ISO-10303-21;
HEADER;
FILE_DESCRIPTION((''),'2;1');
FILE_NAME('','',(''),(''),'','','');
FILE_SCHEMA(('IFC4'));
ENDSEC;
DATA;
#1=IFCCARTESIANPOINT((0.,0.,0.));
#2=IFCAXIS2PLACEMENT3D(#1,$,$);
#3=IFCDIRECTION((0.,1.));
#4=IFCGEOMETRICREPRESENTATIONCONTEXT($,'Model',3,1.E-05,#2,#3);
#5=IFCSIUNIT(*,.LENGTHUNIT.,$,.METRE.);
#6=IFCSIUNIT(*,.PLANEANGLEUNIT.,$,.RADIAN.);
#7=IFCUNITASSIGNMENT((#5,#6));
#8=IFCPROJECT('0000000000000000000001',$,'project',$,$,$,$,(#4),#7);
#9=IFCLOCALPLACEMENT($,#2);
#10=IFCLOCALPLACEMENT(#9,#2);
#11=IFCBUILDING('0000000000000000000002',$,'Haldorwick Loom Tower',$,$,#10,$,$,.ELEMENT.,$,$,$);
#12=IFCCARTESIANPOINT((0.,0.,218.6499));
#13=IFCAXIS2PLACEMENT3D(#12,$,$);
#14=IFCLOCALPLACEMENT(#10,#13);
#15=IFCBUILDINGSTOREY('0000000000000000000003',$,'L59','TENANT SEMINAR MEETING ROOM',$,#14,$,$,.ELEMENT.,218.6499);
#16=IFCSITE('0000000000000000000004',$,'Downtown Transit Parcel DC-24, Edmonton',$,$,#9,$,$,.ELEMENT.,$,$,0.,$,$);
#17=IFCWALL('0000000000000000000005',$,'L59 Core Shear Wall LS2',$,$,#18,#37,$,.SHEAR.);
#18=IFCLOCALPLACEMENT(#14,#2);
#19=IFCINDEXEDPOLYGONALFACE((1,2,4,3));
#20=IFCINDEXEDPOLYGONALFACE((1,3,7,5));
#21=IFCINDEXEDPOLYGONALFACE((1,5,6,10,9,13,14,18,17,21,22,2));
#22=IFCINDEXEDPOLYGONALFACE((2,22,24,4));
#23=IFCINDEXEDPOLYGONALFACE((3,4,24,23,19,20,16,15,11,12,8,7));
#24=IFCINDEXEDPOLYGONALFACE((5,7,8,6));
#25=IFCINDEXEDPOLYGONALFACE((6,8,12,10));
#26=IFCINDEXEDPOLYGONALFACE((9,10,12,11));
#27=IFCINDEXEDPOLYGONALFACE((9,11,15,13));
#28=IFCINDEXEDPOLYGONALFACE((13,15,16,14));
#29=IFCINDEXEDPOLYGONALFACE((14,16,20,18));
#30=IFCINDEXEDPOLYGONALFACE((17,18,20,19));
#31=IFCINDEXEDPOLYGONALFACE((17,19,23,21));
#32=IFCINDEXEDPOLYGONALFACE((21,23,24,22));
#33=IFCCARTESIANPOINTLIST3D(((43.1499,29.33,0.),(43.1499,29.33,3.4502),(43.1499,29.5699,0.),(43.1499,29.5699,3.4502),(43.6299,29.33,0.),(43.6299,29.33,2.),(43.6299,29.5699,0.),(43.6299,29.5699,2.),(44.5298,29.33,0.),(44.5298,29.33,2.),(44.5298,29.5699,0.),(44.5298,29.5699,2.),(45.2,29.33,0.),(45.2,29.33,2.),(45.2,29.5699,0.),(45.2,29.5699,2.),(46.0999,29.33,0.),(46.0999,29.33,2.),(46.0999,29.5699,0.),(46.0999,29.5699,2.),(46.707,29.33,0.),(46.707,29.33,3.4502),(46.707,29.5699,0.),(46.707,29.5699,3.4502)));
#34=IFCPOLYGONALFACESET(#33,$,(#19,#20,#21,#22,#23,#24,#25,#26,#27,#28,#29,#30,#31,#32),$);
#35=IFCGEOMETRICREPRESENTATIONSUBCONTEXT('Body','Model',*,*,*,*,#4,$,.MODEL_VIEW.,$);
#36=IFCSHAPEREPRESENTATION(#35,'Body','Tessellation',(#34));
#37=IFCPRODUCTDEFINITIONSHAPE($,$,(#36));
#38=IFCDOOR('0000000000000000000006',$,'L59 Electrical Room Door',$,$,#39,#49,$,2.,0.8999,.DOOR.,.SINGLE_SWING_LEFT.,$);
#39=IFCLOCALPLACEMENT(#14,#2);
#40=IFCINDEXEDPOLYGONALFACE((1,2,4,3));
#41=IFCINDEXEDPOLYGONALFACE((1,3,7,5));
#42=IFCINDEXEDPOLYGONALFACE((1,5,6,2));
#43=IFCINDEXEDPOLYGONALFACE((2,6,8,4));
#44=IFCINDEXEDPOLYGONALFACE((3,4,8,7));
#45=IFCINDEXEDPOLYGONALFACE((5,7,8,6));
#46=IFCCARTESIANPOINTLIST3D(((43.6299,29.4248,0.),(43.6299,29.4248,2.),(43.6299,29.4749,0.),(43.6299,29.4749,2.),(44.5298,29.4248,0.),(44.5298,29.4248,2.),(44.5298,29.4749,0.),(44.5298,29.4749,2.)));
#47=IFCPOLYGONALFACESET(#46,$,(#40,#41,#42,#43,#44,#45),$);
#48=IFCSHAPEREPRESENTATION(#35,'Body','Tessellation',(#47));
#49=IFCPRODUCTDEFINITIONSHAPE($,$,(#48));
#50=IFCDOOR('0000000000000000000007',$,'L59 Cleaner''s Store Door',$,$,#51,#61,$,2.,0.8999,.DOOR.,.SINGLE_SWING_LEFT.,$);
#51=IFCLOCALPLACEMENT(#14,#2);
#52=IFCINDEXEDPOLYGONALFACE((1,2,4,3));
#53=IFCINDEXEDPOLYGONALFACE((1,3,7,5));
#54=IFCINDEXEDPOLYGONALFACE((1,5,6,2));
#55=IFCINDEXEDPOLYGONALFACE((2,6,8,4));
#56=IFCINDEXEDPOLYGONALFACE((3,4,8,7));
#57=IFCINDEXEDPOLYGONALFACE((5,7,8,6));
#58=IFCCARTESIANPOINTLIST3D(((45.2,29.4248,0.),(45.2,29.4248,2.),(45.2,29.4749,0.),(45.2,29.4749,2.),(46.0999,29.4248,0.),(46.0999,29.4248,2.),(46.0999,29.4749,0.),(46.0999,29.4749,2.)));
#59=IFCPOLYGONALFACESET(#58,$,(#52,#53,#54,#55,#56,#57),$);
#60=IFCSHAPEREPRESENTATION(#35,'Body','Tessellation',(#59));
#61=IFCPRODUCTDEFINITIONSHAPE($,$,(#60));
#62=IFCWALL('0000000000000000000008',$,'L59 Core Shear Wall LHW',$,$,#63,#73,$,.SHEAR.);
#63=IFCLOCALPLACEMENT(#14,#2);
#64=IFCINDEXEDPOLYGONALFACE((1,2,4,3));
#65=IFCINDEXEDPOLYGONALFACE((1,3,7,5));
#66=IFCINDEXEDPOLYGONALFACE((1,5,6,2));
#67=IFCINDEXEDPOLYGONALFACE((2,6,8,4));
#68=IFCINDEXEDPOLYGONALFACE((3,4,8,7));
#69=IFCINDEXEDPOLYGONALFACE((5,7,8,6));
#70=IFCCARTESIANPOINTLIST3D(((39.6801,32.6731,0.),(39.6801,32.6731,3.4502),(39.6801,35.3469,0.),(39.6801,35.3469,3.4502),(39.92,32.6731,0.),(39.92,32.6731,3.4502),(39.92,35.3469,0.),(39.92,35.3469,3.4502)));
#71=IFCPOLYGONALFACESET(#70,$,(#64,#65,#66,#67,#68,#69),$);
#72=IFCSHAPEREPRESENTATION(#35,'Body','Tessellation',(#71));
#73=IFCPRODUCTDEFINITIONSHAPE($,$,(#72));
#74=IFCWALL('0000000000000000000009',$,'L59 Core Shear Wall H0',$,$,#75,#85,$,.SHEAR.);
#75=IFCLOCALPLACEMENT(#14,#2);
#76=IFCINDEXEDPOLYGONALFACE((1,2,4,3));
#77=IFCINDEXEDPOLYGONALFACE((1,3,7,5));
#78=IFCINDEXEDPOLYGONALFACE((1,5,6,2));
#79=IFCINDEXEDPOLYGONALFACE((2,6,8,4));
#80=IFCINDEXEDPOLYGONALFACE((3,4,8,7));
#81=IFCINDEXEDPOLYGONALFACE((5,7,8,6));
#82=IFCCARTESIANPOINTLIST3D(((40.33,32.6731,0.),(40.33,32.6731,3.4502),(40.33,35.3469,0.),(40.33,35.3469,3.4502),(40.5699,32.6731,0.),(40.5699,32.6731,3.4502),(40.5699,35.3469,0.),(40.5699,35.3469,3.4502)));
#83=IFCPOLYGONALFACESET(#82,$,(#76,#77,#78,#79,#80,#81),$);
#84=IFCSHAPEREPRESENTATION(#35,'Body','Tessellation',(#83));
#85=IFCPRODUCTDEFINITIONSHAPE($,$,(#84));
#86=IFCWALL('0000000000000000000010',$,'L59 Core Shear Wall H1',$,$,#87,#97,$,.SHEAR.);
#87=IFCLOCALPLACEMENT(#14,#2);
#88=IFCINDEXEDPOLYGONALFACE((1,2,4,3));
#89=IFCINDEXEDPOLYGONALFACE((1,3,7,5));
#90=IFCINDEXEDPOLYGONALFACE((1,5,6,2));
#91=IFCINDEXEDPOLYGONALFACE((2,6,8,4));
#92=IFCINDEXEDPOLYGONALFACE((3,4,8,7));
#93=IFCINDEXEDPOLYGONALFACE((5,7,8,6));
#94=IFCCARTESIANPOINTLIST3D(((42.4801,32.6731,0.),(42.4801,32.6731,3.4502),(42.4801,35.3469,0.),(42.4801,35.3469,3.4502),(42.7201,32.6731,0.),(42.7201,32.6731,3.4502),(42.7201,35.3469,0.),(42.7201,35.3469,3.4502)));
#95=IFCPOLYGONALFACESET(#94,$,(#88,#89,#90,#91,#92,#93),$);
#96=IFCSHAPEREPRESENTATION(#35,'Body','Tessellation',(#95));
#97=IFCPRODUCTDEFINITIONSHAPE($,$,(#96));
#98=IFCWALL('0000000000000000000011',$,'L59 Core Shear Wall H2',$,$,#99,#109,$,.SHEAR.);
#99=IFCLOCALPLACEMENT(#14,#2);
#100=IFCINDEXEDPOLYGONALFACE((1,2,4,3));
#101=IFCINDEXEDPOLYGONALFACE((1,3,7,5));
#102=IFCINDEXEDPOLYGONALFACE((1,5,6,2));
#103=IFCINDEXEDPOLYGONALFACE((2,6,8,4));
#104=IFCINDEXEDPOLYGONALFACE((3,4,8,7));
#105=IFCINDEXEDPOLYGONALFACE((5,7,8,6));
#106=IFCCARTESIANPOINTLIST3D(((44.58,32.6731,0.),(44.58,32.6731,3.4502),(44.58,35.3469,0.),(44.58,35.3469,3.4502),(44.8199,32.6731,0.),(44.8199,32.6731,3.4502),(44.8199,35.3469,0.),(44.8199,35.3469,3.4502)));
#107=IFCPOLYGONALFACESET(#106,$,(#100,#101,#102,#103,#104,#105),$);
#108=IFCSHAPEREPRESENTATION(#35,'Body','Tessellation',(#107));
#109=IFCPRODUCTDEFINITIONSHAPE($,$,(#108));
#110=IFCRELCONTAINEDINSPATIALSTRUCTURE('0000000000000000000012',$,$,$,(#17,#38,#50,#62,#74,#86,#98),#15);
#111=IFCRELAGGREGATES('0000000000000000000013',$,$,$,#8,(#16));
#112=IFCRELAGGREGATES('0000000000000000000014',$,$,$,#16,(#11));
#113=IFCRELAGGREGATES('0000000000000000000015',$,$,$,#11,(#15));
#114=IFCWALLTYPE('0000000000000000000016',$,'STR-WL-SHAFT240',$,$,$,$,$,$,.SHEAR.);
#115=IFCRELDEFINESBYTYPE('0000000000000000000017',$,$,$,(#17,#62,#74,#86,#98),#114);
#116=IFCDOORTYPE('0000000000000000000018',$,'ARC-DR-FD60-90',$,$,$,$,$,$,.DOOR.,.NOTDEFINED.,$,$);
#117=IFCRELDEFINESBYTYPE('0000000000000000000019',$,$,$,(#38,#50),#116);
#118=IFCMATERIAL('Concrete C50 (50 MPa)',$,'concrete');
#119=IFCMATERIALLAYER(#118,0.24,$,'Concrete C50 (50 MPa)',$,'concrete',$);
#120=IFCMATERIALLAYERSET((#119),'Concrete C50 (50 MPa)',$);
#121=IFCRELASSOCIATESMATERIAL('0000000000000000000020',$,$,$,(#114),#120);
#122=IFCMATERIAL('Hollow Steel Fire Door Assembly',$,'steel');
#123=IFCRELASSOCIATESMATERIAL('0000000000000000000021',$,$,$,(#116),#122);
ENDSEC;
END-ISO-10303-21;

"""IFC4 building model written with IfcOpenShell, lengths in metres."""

from ifc_helpers import new_model, si_unit, direction, frame, frame_2d, origin, place, context, subcontext, project, spatial, rectangle, extrude, material, layer, layer_set, type_object, element, fill, save


model = new_model("IFC4")

# Units and contexts
model_context = context("Model", 3, precision=1e-05, world=origin(), true_north=direction((0.0, 1.0)))
body_context = subcontext(model_context, "Body", "Model", "MODEL_VIEW")
ifc_project = project(units=[si_unit("LENGTHUNIT", "METRE"), si_unit("PLANEANGLEUNIT", "RADIAN")], contexts=[model_context])

# Site, building, storey
site_placement = place(None, origin())
site = spatial("IfcSite", under=ifc_project, at=site_placement, Name="Downtown Transit Parcel DC-24, Edmonton", CompositionType="ELEMENT", RefElevation=0.0)
building_placement = place(site_placement, origin())
building = spatial("IfcBuilding", under=site, at=building_placement, Name="Haldorwick Loom Tower", CompositionType="ELEMENT")
storey_placement = place(building_placement, frame((0.0, 0.0, 218.6499)))
storey = spatial("IfcBuildingStorey", under=building, at=storey_placement, Name="L59", Description="TENANT SEMINAR MEETING ROOM", CompositionType="ELEMENT", Elevation=218.6499)

# Shared definitions
ifc_material_1 = material(Name="Concrete C50 (50 MPa)", Category="concrete")

# Wall, openings, doors
ifc_layer_1 = layer(ifc_material_1, 0.24, Name="Concrete C50 (50 MPa)", Category="concrete")
ifc_layer_set_1 = layer_set([ifc_layer_1], Name="Concrete C50 (50 MPa)")
wall_type_1 = type_object("IfcWallType", Name="STR-WL-SHAFT240", PredefinedType="SHEAR", material=ifc_layer_set_1)
wall_1_placement = place(storey_placement, frame((43.1499, 29.45, 0.0), z_axis=(0.0, 0.0, 1.0), x_axis=(1.0, 0.0, 0.0)))
wall_1 = element("IfcWall", 1, at=wall_1_placement, inside=storey, type_object=wall_type_1, Name="L59 Core Shear Wall LS2", PredefinedType="SHEAR", context=body_context, shape_type="SweptSolid", body=[
    extrude(rectangle(XDim=3.5571, YDim=0.24, at=frame_2d((1.7786, 0.0))), origin(), (0.0, 0.0, 1.0), 3.4502),
])
opening_1_placement = place(wall_1_placement, frame((0.48, 0.0, 0.0)))
opening_1 = element("IfcOpeningElement", 2, at=opening_1_placement, cuts=wall_1, PredefinedType="OPENING", context=body_context, shape_type="SweptSolid", body=[
    extrude(rectangle(XDim=0.8999, YDim=2.0, at=frame_2d((0.45, 1.0))), frame((0.0, 0.1299, 0.0), z_axis=(0.0, -1.0, 0.0), x_axis=(1.0, 0.0, 0.0)), (0.0, 0.0, 1.0), 0.26),
])
opening_2_placement = place(wall_1_placement, frame((2.05, 0.0, 0.0)))
opening_2 = element("IfcOpeningElement", 3, at=opening_2_placement, cuts=wall_1, PredefinedType="OPENING", context=body_context, shape_type="SweptSolid", body=[
    extrude(rectangle(XDim=0.8999, YDim=2.0, at=frame_2d((0.45, 1.0))), frame((0.0, 0.1299, 0.0), z_axis=(0.0, -1.0, 0.0), x_axis=(1.0, 0.0, 0.0)), (0.0, 0.0, 1.0), 0.26),
])
ifc_material_2 = material(Name="Hollow Steel Fire Door Assembly", Category="steel")
door_type = type_object("IfcDoorType", Name="ARC-DR-FD60-90", OperationType="NOTDEFINED", PredefinedType="DOOR", material=ifc_material_2)
door_1_placement = place(opening_1_placement, origin())
door_1 = element("IfcDoor", 4, at=door_1_placement, inside=storey, type_object=door_type, Name="L59 Electrical Room Door", OperationType="SINGLE_SWING_LEFT", OverallHeight=2.0, OverallWidth=0.8999, PredefinedType="DOOR", context=body_context, shape_type="SweptSolid", body=[
    extrude(rectangle(XDim=0.8999, YDim=2.0, at=frame_2d((0.45, 1.0))), frame((0.0, 0.0249, 0.0), z_axis=(0.0, -1.0, 0.0), x_axis=(1.0, 0.0, 0.0)), (0.0, 0.0, 1.0), 0.05),
])
fill(opening_1, door_1)
door_2_placement = place(opening_2_placement, origin())
door_2 = element("IfcDoor", 5, at=door_2_placement, inside=storey, type_object=door_type, Name="L59 Cleaner's Store Door", OperationType="SINGLE_SWING_LEFT", OverallHeight=2.0, OverallWidth=0.8999, PredefinedType="DOOR", context=body_context, shape_type="SweptSolid", body=[
    extrude(rectangle(XDim=0.8999, YDim=2.0, at=frame_2d((0.45, 1.0))), frame((0.0, 0.0249, 0.0), z_axis=(0.0, -1.0, 0.0), x_axis=(1.0, 0.0, 0.0)), (0.0, 0.0, 1.0), 0.05),
])
fill(opening_2, door_2)

# Walls
for number, where, z_axis, x_axis, name in (
    (6, (39.8, 32.6731, 0.0), (0.0, 0.0, 1.0), (0.0, 1.0, 0.0), "L59 Core Shear Wall LHW"),
    (7, (40.45, 32.6731, 0.0), (0.0, 0.0, 1.0), (0.0, 1.0, 0.0), "L59 Core Shear Wall H0"),
    (8, (42.6001, 32.6731, 0.0), (0.0, 0.0, 1.0), (0.0, 1.0, 0.0), "L59 Core Shear Wall H1"),
    (9, (44.7, 32.6731, 0.0), (0.0, 0.0, 1.0), (0.0, 1.0, 0.0), "L59 Core Shear Wall H2"),
):
    element("IfcWall", number, at=place(storey_placement, frame(where, z_axis=z_axis, x_axis=x_axis)), inside=storey, type_object=wall_type_1, Name=name, PredefinedType="SHEAR", context=body_context, shape_type="SweptSolid", body=[
        extrude(rectangle(XDim=2.6738, YDim=0.24, at=frame_2d((1.3369, 0.0))), origin(), (0.0, 0.0, 1.0), 3.4502),
    ])

save(model, "model.ifc")
